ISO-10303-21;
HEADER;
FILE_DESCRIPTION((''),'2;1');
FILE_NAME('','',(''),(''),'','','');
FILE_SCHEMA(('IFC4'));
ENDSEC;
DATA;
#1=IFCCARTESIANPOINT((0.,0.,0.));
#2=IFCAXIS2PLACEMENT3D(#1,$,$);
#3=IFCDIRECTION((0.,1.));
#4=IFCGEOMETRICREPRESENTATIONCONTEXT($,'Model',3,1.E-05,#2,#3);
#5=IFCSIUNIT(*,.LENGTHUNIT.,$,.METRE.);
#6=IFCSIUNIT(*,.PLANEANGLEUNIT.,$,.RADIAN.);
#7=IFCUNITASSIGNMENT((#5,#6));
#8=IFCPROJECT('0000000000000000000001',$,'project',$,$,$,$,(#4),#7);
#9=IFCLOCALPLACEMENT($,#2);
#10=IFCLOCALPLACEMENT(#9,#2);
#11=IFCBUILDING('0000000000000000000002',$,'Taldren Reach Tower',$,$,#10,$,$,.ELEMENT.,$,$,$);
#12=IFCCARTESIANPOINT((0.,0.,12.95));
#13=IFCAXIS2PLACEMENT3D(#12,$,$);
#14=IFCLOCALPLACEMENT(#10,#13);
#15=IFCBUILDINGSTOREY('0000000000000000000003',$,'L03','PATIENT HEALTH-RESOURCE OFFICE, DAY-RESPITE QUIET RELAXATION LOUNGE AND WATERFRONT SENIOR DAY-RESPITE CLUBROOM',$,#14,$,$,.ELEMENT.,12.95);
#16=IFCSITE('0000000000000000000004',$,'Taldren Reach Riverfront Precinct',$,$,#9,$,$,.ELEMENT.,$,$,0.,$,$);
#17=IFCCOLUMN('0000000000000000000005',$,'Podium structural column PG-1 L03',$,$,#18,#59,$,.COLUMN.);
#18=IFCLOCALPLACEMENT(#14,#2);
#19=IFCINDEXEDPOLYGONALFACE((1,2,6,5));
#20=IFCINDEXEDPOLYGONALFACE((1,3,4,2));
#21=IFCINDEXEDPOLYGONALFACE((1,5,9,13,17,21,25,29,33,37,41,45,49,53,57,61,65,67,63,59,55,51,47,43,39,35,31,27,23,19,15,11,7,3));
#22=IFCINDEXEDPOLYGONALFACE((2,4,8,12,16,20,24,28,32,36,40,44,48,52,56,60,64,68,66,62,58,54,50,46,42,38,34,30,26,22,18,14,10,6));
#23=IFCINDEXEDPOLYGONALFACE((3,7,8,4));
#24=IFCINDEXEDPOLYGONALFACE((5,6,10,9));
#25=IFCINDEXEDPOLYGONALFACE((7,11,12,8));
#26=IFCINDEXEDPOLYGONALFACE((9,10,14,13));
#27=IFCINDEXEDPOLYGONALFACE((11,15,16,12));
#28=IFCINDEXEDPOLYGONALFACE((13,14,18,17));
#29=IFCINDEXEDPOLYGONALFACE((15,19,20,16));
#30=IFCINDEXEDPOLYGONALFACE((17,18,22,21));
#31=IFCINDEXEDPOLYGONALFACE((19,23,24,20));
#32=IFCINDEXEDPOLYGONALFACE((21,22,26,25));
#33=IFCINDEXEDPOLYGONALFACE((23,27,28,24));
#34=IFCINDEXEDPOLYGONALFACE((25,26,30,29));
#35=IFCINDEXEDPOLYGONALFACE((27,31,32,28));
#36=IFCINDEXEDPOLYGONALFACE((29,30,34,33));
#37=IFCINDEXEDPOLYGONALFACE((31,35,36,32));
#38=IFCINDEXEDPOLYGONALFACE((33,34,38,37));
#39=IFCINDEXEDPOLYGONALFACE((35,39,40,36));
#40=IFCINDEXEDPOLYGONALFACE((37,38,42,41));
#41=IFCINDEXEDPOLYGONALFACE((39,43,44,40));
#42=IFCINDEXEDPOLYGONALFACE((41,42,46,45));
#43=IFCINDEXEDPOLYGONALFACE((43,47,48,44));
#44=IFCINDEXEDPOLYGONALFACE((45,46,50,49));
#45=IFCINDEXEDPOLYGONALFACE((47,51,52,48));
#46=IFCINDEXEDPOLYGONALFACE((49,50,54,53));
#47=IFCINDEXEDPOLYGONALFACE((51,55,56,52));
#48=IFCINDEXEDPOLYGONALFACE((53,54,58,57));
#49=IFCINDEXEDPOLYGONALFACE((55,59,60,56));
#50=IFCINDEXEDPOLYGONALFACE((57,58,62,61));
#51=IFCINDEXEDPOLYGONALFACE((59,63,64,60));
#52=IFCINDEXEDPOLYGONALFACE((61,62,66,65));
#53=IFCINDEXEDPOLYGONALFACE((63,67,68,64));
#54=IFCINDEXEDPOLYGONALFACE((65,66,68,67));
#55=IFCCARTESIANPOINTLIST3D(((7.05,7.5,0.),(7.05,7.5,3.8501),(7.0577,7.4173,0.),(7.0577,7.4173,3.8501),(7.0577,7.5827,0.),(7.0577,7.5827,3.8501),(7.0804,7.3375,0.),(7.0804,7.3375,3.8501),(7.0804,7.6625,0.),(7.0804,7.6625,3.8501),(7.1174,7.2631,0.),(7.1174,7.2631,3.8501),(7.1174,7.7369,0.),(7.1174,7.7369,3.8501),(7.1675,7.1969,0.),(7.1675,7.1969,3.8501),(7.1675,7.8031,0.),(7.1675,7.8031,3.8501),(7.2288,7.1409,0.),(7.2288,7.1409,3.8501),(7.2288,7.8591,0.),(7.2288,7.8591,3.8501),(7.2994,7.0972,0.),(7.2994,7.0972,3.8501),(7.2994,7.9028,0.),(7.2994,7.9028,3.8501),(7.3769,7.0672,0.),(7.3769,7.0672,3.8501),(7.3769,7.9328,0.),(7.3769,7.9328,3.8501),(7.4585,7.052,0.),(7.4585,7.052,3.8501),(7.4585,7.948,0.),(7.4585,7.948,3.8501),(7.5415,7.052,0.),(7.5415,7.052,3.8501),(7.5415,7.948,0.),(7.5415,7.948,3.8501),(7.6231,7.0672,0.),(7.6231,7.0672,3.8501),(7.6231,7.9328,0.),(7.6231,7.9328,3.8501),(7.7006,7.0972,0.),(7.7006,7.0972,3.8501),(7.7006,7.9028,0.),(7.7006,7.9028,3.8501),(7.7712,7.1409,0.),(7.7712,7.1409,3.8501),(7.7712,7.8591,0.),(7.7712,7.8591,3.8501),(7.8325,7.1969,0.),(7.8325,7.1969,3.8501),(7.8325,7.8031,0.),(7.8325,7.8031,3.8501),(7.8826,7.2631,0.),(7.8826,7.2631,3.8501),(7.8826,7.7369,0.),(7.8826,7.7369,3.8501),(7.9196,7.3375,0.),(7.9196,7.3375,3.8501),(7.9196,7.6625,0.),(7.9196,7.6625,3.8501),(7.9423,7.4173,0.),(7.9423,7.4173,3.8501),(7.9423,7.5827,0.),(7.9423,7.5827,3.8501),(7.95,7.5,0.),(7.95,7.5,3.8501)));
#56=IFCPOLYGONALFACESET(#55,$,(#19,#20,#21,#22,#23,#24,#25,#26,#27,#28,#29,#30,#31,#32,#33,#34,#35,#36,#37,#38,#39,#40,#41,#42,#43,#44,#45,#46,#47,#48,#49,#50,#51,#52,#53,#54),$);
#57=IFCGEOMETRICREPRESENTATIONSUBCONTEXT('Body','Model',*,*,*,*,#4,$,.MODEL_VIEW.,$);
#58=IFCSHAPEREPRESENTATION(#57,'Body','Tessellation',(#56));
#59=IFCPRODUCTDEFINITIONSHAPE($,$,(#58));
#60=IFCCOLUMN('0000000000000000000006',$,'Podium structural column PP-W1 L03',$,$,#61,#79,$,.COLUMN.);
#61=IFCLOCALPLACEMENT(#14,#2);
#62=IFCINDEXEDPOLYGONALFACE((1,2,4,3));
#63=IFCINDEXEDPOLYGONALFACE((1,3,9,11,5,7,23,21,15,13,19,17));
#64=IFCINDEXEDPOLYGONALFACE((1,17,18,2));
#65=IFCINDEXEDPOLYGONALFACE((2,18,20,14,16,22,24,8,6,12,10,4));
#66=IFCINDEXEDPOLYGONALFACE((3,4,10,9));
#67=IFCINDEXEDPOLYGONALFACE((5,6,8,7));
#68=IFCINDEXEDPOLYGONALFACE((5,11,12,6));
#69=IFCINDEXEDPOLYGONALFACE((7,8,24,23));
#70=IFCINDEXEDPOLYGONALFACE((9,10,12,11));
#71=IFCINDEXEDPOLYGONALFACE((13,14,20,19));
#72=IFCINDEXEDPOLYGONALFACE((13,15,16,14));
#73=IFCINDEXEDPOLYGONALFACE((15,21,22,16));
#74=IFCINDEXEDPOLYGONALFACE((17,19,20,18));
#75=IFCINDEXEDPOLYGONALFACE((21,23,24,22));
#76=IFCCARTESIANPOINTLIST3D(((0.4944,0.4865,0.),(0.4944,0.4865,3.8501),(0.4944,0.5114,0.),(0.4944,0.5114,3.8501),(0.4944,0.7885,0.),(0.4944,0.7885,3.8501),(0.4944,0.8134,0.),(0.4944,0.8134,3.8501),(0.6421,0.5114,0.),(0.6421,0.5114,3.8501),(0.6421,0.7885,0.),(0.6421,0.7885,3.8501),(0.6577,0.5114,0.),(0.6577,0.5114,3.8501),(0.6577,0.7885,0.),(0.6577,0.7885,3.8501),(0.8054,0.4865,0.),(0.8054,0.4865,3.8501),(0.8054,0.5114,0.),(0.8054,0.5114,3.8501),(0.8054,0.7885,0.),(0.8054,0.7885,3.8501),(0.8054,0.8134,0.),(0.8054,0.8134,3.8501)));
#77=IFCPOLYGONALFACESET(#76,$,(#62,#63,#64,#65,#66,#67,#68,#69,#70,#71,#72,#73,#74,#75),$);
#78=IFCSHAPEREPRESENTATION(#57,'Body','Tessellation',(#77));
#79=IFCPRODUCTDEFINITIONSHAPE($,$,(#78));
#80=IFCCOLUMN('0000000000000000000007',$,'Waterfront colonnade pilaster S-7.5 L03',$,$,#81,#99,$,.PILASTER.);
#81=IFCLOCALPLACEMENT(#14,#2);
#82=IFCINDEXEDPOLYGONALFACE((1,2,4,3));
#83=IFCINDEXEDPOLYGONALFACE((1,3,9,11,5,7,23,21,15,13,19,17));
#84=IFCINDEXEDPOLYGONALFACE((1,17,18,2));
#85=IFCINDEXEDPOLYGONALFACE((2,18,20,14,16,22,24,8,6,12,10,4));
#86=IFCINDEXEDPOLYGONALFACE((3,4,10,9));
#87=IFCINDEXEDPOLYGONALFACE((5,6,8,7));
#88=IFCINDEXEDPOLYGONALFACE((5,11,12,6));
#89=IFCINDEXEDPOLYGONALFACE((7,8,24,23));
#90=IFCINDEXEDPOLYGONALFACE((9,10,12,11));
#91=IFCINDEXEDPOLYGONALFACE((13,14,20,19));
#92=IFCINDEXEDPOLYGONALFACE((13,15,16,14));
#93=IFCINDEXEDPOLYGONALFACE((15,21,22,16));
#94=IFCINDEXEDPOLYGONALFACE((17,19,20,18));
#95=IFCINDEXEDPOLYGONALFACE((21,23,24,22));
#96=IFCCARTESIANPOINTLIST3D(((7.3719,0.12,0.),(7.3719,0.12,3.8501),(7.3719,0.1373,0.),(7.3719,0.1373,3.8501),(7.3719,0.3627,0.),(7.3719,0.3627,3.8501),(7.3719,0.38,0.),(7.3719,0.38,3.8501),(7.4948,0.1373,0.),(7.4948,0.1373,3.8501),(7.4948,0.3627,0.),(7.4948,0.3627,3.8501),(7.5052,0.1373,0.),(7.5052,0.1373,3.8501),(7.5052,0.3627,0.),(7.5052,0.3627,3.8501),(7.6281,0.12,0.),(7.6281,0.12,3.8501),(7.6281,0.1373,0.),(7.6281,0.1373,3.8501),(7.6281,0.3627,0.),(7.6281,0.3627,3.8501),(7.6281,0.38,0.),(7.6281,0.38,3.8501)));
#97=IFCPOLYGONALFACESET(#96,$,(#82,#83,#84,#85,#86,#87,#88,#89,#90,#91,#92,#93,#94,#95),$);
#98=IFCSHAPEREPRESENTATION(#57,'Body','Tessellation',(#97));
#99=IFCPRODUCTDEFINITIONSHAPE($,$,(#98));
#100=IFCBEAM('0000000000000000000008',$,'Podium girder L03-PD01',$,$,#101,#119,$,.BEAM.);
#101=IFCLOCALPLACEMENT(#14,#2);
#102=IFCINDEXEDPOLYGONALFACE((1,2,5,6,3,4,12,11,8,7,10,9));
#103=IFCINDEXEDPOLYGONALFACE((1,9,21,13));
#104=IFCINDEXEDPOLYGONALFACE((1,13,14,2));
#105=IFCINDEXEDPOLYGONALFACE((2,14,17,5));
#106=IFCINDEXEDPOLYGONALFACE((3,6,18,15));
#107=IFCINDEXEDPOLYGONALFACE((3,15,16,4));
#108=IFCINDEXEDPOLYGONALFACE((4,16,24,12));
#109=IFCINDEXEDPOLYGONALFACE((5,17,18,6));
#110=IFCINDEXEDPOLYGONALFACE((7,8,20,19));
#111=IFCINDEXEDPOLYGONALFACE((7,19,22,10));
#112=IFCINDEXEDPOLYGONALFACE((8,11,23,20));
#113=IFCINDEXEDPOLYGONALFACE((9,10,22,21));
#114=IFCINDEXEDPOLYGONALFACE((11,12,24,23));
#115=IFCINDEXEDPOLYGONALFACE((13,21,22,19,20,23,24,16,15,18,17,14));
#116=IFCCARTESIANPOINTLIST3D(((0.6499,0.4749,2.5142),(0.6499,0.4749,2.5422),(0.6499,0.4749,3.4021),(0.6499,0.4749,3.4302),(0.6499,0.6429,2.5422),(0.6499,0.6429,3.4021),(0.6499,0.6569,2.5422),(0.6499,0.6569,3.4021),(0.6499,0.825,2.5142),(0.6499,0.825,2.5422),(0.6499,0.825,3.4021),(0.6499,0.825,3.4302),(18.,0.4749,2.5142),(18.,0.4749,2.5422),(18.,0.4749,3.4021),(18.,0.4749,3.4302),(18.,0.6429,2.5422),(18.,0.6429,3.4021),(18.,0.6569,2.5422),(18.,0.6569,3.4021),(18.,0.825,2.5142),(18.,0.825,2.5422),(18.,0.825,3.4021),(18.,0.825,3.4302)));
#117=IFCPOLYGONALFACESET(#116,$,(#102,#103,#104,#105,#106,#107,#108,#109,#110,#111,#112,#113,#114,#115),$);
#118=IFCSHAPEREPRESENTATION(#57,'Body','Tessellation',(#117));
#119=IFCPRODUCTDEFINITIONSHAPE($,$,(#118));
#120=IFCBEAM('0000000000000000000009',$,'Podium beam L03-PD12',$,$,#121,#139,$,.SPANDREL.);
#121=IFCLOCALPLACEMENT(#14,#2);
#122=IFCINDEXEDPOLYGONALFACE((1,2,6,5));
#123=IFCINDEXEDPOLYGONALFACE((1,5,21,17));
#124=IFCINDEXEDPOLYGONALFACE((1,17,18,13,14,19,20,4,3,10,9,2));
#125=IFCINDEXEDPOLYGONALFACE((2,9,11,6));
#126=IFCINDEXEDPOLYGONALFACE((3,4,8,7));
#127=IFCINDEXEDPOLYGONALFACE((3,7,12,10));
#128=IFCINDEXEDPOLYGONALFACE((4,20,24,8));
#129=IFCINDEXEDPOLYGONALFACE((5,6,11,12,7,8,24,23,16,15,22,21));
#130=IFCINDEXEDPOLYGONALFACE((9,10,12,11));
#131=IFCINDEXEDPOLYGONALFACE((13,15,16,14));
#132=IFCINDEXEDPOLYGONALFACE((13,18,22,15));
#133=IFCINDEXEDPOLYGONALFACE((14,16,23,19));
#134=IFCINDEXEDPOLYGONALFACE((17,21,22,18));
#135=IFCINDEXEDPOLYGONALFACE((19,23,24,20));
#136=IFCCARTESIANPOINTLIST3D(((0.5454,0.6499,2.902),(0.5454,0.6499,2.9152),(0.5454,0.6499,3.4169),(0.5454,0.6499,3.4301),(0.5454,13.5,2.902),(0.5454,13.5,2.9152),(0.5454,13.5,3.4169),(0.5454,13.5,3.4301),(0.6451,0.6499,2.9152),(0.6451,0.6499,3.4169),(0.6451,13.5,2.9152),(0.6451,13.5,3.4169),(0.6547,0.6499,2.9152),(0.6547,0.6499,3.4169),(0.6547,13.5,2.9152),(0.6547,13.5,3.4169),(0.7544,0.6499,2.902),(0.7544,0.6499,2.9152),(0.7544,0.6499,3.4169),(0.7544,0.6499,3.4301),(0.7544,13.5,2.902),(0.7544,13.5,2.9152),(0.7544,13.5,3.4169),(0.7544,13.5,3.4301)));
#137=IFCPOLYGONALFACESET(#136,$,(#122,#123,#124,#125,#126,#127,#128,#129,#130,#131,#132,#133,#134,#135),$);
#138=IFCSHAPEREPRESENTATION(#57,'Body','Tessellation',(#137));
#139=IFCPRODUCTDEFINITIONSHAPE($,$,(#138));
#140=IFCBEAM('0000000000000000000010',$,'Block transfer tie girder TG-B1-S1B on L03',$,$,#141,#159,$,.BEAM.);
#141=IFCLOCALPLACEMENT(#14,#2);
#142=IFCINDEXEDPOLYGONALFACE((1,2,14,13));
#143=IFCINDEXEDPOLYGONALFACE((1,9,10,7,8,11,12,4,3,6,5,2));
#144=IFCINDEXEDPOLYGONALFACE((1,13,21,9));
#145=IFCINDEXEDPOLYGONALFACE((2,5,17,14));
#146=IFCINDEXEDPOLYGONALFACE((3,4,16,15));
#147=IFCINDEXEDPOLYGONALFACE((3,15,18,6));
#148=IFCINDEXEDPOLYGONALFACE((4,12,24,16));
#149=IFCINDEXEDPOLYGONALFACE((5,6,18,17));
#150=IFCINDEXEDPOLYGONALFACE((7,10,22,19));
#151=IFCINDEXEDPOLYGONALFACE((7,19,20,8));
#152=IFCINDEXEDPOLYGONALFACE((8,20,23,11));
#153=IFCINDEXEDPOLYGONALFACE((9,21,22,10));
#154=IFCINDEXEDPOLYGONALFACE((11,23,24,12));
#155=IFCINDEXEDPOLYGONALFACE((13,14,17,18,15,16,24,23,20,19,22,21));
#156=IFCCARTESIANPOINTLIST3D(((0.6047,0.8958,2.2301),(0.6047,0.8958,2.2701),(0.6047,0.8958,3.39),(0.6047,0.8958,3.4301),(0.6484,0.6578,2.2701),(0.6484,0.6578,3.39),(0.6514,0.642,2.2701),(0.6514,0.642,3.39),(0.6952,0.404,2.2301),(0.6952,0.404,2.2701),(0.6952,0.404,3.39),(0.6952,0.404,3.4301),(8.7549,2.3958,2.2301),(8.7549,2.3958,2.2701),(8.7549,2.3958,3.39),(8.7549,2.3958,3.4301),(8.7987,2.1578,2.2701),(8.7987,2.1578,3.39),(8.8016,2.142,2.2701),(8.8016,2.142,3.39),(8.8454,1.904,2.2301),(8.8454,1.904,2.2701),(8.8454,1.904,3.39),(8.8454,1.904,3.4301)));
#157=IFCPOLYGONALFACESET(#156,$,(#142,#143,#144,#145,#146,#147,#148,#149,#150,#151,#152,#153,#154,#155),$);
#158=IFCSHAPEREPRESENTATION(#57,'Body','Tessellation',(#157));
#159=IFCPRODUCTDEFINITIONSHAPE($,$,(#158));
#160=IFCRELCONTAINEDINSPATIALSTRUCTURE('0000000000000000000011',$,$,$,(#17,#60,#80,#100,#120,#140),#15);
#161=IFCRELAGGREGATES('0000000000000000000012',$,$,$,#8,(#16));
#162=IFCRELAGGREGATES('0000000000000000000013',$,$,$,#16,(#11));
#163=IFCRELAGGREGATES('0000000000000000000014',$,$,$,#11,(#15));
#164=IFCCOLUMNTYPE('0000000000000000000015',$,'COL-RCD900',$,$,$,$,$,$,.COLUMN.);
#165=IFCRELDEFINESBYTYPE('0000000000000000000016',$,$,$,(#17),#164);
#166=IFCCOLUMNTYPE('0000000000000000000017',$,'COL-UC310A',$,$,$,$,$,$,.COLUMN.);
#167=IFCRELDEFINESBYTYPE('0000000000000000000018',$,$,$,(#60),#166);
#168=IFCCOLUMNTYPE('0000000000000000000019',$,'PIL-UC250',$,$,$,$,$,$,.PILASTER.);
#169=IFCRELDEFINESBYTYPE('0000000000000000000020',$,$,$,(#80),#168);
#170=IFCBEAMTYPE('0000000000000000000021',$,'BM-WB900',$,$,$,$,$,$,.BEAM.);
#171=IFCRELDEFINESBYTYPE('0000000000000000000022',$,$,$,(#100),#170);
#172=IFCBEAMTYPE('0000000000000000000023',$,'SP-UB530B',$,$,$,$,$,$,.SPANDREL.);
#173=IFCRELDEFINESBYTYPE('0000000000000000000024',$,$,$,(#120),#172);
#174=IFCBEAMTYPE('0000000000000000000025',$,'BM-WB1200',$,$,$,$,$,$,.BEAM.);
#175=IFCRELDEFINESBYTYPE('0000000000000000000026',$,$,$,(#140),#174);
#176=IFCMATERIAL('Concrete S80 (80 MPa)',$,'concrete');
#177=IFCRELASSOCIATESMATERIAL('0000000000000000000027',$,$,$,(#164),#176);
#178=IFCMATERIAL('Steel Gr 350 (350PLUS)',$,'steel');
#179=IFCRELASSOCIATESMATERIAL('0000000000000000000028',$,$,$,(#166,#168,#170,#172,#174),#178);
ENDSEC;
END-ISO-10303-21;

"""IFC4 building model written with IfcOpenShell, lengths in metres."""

from ifc_helpers import new_model, si_unit, direction, frame, origin, origin_2d, place, context, subcontext, project, spatial, circle, i_section, extrude, source, transform, mapped, material, material_profile, profile_set, type_object, element, save


model = new_model("IFC4")

# Units and contexts
model_context = context("Model", 3, precision=1e-05, world=origin(), true_north=direction((0.0, 1.0)))
body_context = subcontext(model_context, "Body", "Model", "MODEL_VIEW")
ifc_project = project(units=[si_unit("LENGTHUNIT", "METRE"), si_unit("PLANEANGLEUNIT", "RADIAN")], contexts=[model_context])

# Site, building, storey
site_placement = place(None, origin())
site = spatial("IfcSite", under=ifc_project, at=site_placement, Name="Taldren Reach Riverfront Precinct", CompositionType="ELEMENT", RefElevation=0.0)
building_placement = place(site_placement, origin())
building = spatial("IfcBuilding", under=site, at=building_placement, Name="Taldren Reach Tower", CompositionType="ELEMENT")
storey_placement = place(building_placement, frame((0.0, 0.0, 12.95)))
storey = spatial("IfcBuildingStorey", under=building, at=storey_placement, Name="L03", Description="PATIENT HEALTH-RESOURCE OFFICE, DAY-RESPITE QUIET RELAXATION LOUNGE AND WATERFRONT SENIOR DAY-RESPITE CLUBROOM", CompositionType="ELEMENT", Elevation=12.95)

# Columns
ifc_material_1 = material(Name="Concrete S80 (80 MPa)", Category="concrete")
ifc_material_profile_1 = material_profile(ifc_material_1, circle(Radius=0.45, at=origin_2d()), Name="RC-900D")
ifc_profile_set_1 = profile_set([ifc_material_profile_1], Name="Concrete S80 (80 MPa)")
column_type_1 = type_object("IfcColumnType", Name="COL-RCD900", PredefinedType="COLUMN", material=ifc_profile_set_1)
shared_shape_1 = source(origin(), body_context, "Body", "SweptSolid", [
    extrude(circle(Radius=0.45, at=origin_2d()), origin(), (0.0, 0.0, 1.0), 3.8501),
])
column_1_placement = place(storey_placement, frame((7.5, 7.5, 0.0), z_axis=(0.0, 0.0, 1.0), x_axis=(1.0, 0.0, 0.0)))
element("IfcColumn", 1, at=column_1_placement, inside=storey, type_object=column_type_1, Name="Podium structural column PG-1 L03", PredefinedType="COLUMN", context=body_context, shape_type="MappedRepresentation", body=[
    mapped(shared_shape_1, transform((0.0, 0.0, 0.0), scale=1.0)),
])
ifc_material_2 = material(Name="Steel Gr 350 (350PLUS)", Category="steel")
ifc_material_profile_2 = material_profile(ifc_material_2, i_section(OverallWidth=0.311, OverallDepth=0.3269, WebThickness=0.0156, FlangeThickness=0.0249, at=origin_2d()), Name="310UC158")
ifc_profile_set_2 = profile_set([ifc_material_profile_2], Name="Steel Gr 350 (350PLUS)")
column_type_2 = type_object("IfcColumnType", Name="COL-UC310A", PredefinedType="COLUMN", material=ifc_profile_set_2)
shared_shape_2 = source(origin(), body_context, "Body", "SweptSolid", [
    extrude(i_section(OverallWidth=0.311, OverallDepth=0.3269, WebThickness=0.0156, FlangeThickness=0.0249, at=origin_2d()), origin(), (0.0, 0.0, 1.0), 3.8501),
])
column_2_placement = place(storey_placement, frame((0.6499, 0.6499, 0.0), z_axis=(0.0, 0.0, 1.0), x_axis=(1.0, 0.0, 0.0)))
element("IfcColumn", 2, at=column_2_placement, inside=storey, type_object=column_type_2, Name="Podium structural column PP-W1 L03", PredefinedType="COLUMN", context=body_context, shape_type="MappedRepresentation", body=[
    mapped(shared_shape_2, transform((0.0, 0.0, 0.0), scale=1.0)),
])
ifc_material_profile_3 = material_profile(ifc_material_2, i_section(OverallWidth=0.2561, OverallDepth=0.26, WebThickness=0.0105, FlangeThickness=0.0173, at=origin_2d()), Name="250UC89.5")
ifc_profile_set_3 = profile_set([ifc_material_profile_3], Name="Steel Gr 350 (350PLUS)")
column_type_3 = type_object("IfcColumnType", Name="PIL-UC250", PredefinedType="PILASTER", material=ifc_profile_set_3)
shared_shape_3 = source(origin(), body_context, "Body", "SweptSolid", [
    extrude(i_section(OverallWidth=0.2561, OverallDepth=0.26, WebThickness=0.0105, FlangeThickness=0.0173, at=origin_2d()), origin(), (0.0, 0.0, 1.0), 3.8501),
])
column_3_placement = place(storey_placement, frame((7.5, 0.25, 0.0), z_axis=(0.0, 0.0, 1.0), x_axis=(1.0, 0.0, 0.0)))
element("IfcColumn", 3, at=column_3_placement, inside=storey, type_object=column_type_3, Name="Waterfront colonnade pilaster S-7.5 L03", PredefinedType="PILASTER", context=body_context, shape_type="MappedRepresentation", body=[
    mapped(shared_shape_3, transform((0.0, 0.0, 0.0), scale=1.0)),
])

# Beams
ifc_material_profile_4 = material_profile(ifc_material_2, i_section(OverallWidth=0.3501, OverallDepth=0.916, WebThickness=0.0139, FlangeThickness=0.0281, at=origin_2d()), Name="900WB257")
ifc_profile_set_4 = profile_set([ifc_material_profile_4], Name="Steel Gr 350 (350PLUS)")
beam_type_1 = type_object("IfcBeamType", Name="BM-WB900", PredefinedType="BEAM", material=ifc_profile_set_4)
shared_shape_4 = source(origin(), body_context, "Body", "SweptSolid", [
    extrude(i_section(OverallWidth=0.3501, OverallDepth=0.916, WebThickness=0.0139, FlangeThickness=0.0281, at=origin_2d()), origin(), (0.0, 0.0, 1.0), 17.3501),
])
beam_1_placement = place(storey_placement, frame((0.6499, 0.6499, 2.9722), z_axis=(1.0, 0.0, 0.0), x_axis=(0.0, 1.0, 0.0)))
element("IfcBeam", 4, at=beam_1_placement, inside=storey, type_object=beam_type_1, Name="Podium girder L03-PD01", PredefinedType="BEAM", context=body_context, shape_type="MappedRepresentation", body=[
    mapped(shared_shape_4, transform((0.0, 0.0, 0.0), scale=1.0)),
])
ifc_material_profile_5 = material_profile(ifc_material_2, i_section(OverallWidth=0.209, OverallDepth=0.5281, WebThickness=0.0095, FlangeThickness=0.0132, at=origin_2d()), Name="530UB82.0")
ifc_profile_set_5 = profile_set([ifc_material_profile_5], Name="Steel Gr 350 (350PLUS)")
beam_type_2 = type_object("IfcBeamType", Name="SP-UB530B", PredefinedType="SPANDREL", material=ifc_profile_set_5)
shared_shape_5 = source(origin(), body_context, "Body", "SweptSolid", [
    extrude(i_section(OverallWidth=0.209, OverallDepth=0.5281, WebThickness=0.0095, FlangeThickness=0.0132, at=origin_2d()), origin(), (0.0, 0.0, 1.0), 12.8501),
])
beam_2_placement = place(storey_placement, frame((0.6499, 0.6499, 3.166), z_axis=(0.0, 1.0, 0.0), x_axis=(-1.0, 0.0, 0.0)))
element("IfcBeam", 5, at=beam_2_placement, inside=storey, type_object=beam_type_2, Name="Podium beam L03-PD12", PredefinedType="SPANDREL", context=body_context, shape_type="MappedRepresentation", body=[
    mapped(shared_shape_5, transform((0.0, 0.0, 0.0), scale=1.0)),
])
ifc_material_profile_6 = material_profile(ifc_material_2, i_section(OverallWidth=0.5, OverallDepth=1.2, WebThickness=0.0161, FlangeThickness=0.04, at=origin_2d()), Name="1200WB455")
ifc_profile_set_6 = profile_set([ifc_material_profile_6], Name="Steel Gr 350 (350PLUS)")
beam_type_3 = type_object("IfcBeamType", Name="BM-WB1200", PredefinedType="BEAM", material=ifc_profile_set_6)
shared_shape_6 = source(origin(), body_context, "Body", "SweptSolid", [
    extrude(i_section(OverallWidth=0.5, OverallDepth=1.2, WebThickness=0.0161, FlangeThickness=0.04, at=origin_2d()), origin(), (0.0, 0.0, 1.0), 8.2871),
])
beam_3_placement = place(storey_placement, frame((0.6499, 0.6499, 2.8301), z_axis=(0.983482, 0.181006, 0.0), x_axis=(-0.181006, 0.983482, 0.0)))
element("IfcBeam", 6, at=beam_3_placement, inside=storey, type_object=beam_type_3, Name="Block transfer tie girder TG-B1-S1B on L03", PredefinedType="BEAM", context=body_context, shape_type="MappedRepresentation", body=[
    mapped(shared_shape_6, transform((0.0, 0.0, 0.0), scale=1.0)),
])

save(model, "model.ifc")
